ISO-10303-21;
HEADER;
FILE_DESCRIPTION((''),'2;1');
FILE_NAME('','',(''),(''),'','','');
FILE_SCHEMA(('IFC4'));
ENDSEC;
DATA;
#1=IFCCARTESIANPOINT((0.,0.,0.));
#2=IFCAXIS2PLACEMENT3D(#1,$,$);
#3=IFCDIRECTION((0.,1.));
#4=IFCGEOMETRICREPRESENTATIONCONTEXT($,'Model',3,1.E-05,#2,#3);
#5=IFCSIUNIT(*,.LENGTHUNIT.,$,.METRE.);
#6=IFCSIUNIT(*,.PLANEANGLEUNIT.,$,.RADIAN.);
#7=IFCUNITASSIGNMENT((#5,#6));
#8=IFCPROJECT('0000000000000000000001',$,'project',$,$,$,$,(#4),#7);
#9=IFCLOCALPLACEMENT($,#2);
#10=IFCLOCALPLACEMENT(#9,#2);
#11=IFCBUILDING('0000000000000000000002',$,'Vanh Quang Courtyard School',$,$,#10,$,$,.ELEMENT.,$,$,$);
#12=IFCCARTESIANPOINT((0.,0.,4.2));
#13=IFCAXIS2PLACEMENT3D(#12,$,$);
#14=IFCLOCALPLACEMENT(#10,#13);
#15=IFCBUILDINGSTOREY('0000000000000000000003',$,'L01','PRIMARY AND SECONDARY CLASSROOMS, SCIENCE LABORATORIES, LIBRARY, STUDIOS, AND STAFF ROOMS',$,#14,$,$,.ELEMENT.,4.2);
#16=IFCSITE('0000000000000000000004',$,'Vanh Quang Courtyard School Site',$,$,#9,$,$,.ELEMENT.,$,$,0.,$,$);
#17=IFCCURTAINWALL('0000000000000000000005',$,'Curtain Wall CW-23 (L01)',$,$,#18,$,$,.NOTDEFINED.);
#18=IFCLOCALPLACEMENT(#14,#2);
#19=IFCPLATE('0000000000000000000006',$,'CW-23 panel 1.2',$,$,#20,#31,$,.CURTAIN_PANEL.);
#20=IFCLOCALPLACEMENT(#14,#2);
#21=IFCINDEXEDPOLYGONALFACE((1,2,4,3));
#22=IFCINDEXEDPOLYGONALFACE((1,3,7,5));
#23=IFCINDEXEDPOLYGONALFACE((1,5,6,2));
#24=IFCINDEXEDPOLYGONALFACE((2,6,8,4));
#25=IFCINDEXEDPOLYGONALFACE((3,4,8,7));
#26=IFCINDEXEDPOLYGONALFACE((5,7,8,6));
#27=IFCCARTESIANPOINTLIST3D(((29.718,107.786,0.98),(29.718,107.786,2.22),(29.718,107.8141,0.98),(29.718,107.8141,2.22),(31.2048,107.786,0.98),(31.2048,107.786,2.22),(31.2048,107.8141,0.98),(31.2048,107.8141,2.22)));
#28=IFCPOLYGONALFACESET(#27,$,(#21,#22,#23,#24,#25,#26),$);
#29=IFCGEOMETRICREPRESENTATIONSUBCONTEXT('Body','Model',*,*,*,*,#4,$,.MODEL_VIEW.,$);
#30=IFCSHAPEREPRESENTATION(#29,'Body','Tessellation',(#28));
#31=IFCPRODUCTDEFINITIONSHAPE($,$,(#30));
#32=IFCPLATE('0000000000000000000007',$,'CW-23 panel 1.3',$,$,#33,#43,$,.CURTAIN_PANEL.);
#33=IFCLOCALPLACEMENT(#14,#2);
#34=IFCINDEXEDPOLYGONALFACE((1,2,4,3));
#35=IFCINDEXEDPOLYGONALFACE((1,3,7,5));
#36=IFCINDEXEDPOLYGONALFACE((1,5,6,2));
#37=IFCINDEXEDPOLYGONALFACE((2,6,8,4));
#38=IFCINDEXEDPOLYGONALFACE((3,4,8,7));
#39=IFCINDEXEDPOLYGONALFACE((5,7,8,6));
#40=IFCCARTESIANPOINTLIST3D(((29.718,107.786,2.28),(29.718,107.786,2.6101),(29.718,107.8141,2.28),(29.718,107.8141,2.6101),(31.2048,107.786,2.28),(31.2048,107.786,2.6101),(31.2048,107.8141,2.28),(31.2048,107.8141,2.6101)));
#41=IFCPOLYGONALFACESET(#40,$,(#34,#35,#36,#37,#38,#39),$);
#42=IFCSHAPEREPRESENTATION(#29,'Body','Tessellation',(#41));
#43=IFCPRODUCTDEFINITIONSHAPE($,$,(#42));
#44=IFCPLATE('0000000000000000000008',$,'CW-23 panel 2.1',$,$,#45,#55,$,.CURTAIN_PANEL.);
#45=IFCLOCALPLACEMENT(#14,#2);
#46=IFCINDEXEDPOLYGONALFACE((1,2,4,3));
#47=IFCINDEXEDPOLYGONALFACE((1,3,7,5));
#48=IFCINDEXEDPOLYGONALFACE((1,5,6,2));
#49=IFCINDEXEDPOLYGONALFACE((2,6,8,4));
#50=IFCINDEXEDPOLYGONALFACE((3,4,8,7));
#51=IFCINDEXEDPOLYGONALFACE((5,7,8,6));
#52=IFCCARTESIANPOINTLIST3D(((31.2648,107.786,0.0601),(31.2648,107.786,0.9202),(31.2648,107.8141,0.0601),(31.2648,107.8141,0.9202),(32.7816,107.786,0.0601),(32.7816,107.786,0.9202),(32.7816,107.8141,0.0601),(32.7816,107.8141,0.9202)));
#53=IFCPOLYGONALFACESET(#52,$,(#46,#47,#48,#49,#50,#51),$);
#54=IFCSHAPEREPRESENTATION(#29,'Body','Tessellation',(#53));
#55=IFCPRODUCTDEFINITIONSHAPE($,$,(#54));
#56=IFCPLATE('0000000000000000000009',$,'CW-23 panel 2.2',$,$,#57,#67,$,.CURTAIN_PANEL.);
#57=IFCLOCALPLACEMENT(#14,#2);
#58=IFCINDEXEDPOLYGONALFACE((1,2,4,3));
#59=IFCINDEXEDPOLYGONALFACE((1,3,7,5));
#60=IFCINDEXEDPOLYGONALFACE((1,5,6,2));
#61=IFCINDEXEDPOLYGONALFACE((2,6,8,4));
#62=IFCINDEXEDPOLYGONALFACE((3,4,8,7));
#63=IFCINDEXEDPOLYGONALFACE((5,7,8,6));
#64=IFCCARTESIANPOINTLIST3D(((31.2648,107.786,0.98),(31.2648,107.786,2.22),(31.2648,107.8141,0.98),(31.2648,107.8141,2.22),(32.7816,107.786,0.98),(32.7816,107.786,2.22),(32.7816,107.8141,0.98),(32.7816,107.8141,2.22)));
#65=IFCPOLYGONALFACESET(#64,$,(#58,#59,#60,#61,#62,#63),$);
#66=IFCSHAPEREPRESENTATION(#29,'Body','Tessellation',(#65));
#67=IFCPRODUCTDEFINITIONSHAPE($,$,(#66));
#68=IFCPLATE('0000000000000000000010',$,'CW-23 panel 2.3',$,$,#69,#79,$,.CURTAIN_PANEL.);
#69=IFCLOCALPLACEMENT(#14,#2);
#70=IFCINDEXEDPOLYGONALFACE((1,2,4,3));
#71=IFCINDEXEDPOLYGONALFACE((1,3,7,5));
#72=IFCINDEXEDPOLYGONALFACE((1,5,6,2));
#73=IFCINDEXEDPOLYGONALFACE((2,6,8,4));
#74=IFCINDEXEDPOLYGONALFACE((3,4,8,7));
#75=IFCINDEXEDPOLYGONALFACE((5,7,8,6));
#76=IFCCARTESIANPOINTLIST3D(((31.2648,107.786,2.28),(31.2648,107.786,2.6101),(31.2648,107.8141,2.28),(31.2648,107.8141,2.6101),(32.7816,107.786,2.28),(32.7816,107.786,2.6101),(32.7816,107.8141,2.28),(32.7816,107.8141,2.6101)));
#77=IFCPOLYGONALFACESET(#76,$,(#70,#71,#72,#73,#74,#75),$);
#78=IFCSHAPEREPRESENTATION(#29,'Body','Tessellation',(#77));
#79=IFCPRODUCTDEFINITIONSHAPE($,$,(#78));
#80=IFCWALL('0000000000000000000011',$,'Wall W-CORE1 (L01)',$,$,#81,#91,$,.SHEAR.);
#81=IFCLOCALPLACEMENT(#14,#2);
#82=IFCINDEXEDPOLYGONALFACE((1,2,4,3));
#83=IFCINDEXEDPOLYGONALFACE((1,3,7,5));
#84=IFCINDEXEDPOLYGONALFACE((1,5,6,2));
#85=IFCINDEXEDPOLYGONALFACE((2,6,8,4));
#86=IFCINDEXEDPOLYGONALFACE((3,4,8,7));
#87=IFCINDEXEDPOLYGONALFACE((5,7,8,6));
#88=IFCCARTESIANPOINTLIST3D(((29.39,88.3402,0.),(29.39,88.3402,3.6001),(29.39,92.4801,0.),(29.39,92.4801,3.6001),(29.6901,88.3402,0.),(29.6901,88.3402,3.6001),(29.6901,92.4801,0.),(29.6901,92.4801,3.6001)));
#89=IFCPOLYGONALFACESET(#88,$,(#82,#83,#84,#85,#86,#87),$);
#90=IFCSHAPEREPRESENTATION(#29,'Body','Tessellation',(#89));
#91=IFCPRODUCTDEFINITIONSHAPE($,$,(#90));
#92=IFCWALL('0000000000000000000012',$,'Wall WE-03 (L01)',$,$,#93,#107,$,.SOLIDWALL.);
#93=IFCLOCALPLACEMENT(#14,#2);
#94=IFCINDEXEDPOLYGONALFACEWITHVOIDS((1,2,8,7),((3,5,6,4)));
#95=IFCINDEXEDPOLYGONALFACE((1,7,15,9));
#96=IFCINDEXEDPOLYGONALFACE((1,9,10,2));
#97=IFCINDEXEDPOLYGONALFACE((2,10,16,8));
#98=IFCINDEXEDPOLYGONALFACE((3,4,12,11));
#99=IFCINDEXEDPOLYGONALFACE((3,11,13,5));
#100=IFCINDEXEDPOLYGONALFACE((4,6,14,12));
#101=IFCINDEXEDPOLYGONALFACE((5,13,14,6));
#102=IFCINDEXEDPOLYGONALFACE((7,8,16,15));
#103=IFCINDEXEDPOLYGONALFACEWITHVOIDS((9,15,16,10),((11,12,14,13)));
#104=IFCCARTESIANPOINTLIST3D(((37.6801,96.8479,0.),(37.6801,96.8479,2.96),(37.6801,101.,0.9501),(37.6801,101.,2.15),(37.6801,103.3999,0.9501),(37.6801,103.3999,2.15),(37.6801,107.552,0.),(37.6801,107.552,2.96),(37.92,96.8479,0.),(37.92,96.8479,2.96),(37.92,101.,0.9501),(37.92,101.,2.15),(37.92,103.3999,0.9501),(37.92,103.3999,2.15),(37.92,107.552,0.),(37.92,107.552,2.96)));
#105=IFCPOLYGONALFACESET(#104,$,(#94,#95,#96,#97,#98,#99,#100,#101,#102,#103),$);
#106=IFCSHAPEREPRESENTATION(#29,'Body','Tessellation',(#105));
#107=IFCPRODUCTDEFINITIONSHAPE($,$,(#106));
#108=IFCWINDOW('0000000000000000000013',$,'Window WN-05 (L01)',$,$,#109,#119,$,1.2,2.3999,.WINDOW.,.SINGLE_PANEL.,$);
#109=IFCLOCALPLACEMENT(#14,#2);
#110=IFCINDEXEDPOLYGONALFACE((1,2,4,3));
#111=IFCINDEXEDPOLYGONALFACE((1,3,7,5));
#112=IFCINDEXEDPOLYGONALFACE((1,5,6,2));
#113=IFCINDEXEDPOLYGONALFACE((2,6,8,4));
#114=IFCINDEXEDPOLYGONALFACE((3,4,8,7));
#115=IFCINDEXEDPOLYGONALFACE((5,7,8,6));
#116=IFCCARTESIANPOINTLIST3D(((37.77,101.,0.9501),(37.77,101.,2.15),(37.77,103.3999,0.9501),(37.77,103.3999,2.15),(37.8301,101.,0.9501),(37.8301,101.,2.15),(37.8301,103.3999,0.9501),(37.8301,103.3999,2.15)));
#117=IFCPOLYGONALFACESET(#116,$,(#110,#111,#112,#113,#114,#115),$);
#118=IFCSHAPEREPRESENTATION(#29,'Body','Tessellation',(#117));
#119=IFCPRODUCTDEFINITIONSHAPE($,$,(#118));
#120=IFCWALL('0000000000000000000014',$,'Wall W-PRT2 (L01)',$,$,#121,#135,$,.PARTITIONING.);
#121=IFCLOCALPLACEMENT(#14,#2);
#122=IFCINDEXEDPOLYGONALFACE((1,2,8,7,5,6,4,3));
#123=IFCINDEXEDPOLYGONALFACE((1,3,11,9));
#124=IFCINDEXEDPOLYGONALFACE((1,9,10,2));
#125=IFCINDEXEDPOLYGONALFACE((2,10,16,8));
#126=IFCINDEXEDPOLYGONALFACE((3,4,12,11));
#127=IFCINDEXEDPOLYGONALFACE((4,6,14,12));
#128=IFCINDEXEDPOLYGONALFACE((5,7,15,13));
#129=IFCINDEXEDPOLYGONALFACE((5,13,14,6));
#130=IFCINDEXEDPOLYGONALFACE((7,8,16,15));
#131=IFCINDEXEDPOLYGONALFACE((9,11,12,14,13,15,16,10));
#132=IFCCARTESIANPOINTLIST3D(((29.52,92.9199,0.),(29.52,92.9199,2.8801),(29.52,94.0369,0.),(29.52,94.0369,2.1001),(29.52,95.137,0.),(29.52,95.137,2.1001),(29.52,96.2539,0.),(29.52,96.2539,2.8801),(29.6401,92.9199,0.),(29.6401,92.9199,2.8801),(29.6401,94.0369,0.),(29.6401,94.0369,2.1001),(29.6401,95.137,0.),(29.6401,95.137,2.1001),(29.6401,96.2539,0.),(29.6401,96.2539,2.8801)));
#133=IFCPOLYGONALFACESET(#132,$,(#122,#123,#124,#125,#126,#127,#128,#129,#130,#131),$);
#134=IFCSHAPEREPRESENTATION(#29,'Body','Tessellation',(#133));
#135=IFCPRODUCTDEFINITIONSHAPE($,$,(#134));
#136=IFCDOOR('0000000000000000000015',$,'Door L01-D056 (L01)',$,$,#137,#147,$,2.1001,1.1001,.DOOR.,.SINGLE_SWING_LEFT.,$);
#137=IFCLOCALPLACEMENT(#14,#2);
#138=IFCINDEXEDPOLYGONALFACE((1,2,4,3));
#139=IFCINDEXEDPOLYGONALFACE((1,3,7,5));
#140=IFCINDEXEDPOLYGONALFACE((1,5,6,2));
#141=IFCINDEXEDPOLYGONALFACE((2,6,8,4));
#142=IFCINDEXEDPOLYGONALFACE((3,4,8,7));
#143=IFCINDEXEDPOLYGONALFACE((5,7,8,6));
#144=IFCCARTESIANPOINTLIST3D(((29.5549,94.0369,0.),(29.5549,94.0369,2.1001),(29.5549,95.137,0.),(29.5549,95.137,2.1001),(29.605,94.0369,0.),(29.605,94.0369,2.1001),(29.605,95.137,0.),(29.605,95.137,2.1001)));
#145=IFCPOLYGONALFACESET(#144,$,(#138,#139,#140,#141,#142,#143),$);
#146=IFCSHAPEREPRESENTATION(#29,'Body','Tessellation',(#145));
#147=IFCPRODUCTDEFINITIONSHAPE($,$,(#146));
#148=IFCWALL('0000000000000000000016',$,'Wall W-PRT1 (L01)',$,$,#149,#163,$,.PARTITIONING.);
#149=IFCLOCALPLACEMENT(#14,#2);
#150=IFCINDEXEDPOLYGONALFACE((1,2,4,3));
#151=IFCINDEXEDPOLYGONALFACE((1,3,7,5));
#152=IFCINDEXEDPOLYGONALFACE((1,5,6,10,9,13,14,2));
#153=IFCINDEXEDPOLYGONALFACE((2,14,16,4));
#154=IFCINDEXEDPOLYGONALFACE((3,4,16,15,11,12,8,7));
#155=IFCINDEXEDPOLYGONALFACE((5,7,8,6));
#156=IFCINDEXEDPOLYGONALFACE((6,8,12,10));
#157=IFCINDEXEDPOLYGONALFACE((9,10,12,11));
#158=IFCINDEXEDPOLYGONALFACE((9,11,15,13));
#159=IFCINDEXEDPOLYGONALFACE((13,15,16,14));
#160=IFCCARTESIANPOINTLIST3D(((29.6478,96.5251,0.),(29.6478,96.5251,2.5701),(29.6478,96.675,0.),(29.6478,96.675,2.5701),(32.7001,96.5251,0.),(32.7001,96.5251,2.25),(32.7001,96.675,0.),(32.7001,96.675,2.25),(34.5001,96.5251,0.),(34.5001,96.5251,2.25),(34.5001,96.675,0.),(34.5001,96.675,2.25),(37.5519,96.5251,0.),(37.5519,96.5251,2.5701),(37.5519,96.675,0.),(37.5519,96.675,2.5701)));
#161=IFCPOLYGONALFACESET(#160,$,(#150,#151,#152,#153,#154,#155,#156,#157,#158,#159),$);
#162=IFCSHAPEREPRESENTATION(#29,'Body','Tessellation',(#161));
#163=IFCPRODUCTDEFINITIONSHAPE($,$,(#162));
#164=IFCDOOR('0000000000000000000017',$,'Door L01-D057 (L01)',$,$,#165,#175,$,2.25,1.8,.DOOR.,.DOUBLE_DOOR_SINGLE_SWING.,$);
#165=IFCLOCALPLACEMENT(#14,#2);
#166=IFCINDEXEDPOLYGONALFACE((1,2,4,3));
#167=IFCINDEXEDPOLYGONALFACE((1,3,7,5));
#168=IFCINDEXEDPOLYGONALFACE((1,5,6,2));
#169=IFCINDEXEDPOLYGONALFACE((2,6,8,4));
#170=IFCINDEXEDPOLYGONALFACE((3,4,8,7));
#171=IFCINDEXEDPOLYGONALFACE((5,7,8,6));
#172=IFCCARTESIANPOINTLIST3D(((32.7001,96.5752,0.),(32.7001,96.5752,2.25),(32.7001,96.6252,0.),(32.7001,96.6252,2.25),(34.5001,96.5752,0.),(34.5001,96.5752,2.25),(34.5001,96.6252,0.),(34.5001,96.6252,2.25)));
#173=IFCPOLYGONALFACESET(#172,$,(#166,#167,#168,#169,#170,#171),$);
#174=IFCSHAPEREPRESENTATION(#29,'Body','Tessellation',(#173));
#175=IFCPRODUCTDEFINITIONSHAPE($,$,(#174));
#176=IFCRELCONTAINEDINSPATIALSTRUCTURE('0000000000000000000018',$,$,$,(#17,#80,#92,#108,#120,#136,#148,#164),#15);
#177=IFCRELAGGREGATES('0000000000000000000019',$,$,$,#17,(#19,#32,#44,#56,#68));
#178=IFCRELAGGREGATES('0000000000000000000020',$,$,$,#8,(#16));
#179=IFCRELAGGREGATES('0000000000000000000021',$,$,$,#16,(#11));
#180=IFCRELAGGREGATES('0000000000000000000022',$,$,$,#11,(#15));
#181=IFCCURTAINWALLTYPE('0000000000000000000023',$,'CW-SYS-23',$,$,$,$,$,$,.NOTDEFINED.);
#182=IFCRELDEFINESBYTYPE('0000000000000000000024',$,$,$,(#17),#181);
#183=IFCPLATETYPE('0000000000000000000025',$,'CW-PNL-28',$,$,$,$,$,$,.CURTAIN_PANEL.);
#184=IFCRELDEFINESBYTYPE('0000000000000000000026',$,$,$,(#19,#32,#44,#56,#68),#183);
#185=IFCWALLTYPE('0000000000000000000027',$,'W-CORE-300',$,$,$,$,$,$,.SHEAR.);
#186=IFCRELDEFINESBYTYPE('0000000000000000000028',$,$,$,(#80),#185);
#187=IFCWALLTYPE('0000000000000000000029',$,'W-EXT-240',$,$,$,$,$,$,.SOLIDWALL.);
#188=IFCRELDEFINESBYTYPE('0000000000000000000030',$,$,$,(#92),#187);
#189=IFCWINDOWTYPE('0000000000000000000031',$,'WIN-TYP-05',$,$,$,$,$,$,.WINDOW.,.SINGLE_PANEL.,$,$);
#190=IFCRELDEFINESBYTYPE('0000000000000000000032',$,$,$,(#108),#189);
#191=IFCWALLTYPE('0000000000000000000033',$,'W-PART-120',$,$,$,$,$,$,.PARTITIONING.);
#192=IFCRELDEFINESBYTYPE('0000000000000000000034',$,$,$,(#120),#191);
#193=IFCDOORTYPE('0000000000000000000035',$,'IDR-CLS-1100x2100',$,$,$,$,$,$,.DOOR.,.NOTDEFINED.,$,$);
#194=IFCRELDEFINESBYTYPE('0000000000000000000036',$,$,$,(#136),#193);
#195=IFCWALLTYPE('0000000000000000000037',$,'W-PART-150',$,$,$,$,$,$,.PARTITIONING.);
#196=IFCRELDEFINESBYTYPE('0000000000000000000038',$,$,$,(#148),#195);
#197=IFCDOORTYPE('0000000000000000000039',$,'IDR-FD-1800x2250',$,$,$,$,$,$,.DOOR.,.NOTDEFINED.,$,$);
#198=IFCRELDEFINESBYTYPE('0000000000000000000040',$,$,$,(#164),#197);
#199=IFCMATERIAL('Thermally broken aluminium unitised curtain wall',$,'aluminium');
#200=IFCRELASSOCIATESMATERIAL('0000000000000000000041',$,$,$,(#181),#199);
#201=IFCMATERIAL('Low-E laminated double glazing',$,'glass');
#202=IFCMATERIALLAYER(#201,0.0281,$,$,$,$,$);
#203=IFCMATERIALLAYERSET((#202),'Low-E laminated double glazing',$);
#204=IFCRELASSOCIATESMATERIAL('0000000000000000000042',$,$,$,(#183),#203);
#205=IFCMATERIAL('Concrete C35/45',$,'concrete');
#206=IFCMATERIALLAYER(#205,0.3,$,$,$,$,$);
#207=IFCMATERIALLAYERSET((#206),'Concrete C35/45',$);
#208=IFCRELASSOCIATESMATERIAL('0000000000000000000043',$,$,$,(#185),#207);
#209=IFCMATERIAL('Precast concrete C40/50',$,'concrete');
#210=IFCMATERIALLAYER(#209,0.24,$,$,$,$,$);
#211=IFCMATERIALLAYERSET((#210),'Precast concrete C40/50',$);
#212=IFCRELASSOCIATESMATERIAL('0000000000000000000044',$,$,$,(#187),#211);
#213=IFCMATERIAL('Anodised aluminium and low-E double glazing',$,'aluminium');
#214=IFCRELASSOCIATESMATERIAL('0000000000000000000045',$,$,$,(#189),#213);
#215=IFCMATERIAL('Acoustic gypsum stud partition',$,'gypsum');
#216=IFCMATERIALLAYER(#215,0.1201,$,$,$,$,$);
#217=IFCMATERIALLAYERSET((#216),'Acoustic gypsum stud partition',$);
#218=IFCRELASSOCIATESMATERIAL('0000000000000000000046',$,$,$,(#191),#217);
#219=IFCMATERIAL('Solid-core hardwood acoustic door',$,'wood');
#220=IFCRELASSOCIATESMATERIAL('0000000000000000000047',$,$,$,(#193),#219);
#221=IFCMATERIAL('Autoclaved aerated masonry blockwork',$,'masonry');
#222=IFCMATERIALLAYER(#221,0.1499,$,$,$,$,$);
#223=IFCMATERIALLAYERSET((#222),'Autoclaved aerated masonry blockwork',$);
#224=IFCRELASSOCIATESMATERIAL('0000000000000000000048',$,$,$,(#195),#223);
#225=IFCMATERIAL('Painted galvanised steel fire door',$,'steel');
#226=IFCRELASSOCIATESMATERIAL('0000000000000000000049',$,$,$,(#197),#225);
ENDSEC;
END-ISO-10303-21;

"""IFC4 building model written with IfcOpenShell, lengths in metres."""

from ifc_helpers import new_model, si_unit, direction, frame, frame_2d, origin, origin_2d, place, context, subcontext, project, spatial, rectangle, extrude, material, layer, layer_set, type_object, element, fill, aggregate, save


model = new_model("IFC4")

# Units and contexts
model_context = context("Model", 3, precision=1e-05, world=origin(), true_north=direction((0.0, 1.0)))
body_context = subcontext(model_context, "Body", "Model", "MODEL_VIEW")
ifc_project = project(units=[si_unit("LENGTHUNIT", "METRE"), si_unit("PLANEANGLEUNIT", "RADIAN")], contexts=[model_context])

# Site, building, storey
site_placement = place(None, origin())
site = spatial("IfcSite", under=ifc_project, at=site_placement, Name="Vanh Quang Courtyard School Site", CompositionType="ELEMENT", RefElevation=0.0)
building_placement = place(site_placement, origin())
building = spatial("IfcBuilding", under=site, at=building_placement, Name="Vanh Quang Courtyard School", CompositionType="ELEMENT")
storey_placement = place(building_placement, frame((0.0, 0.0, 4.2)))
storey = spatial("IfcBuildingStorey", under=building, at=storey_placement, Name="L01", Description="PRIMARY AND SECONDARY CLASSROOMS, SCIENCE LABORATORIES, LIBRARY, STUDIOS, AND STAFF ROOMS", CompositionType="ELEMENT", Elevation=4.2)

# Shared definitions
ifc_material_1 = material(Name="Concrete C35/45", Category="concrete")

# Curtain wall
ifc_material_2 = material(Name="Thermally broken aluminium unitised curtain wall", Category="aluminium")
curtain_wall_type = type_object("IfcCurtainWallType", Name="CW-SYS-23", PredefinedType="NOTDEFINED", material=ifc_material_2)
curtain_wall_placement = place(storey_placement, origin())
curtain_wall = element("IfcCurtainWall", 1, at=curtain_wall_placement, inside=storey, type_object=curtain_wall_type, Name="Curtain Wall CW-23 (L01)", PredefinedType="NOTDEFINED")

# Plates
ifc_material_3 = material(Name="Low-E laminated double glazing", Category="glass")
ifc_layer_1 = layer(ifc_material_3, 0.0281)
ifc_layer_set_1 = layer_set([ifc_layer_1], Name="Low-E laminated double glazing")
plate_type = type_object("IfcPlateType", Name="CW-PNL-28", PredefinedType="CURTAIN_PANEL", material=ifc_layer_set_1)
plate_1_placement = place(storey_placement, frame((30.4614, 107.8, 0.98), z_axis=(0.0, 0.0, 1.0), x_axis=(1.0, 0.0, 0.0)))
plate_1 = element("IfcPlate", 2, at=plate_1_placement, type_object=plate_type, Name="CW-23 panel 1.2", PredefinedType="CURTAIN_PANEL", context=body_context, shape_type="SweptSolid", body=[
    extrude(rectangle(XDim=1.4868, YDim=0.0281, at=origin_2d()), origin(), (0.0, 0.0, 1.0), 1.24),
])
plate_2_placement = place(storey_placement, frame((30.4614, 107.8, 2.28), z_axis=(0.0, 0.0, 1.0), x_axis=(1.0, 0.0, 0.0)))
plate_2 = element("IfcPlate", 3, at=plate_2_placement, type_object=plate_type, Name="CW-23 panel 1.3", PredefinedType="CURTAIN_PANEL", context=body_context, shape_type="SweptSolid", body=[
    extrude(rectangle(XDim=1.4868, YDim=0.0281, at=origin_2d()), origin(), (0.0, 0.0, 1.0), 0.3301),
])
plate_3_placement = place(storey_placement, frame((32.0232, 107.8, 0.0601), z_axis=(0.0, 0.0, 1.0), x_axis=(1.0, 0.0, 0.0)))
plate_3 = element("IfcPlate", 4, at=plate_3_placement, type_object=plate_type, Name="CW-23 panel 2.1", PredefinedType="CURTAIN_PANEL", context=body_context, shape_type="SweptSolid", body=[
    extrude(rectangle(XDim=1.5168, YDim=0.0281, at=origin_2d()), origin(), (0.0, 0.0, 1.0), 0.8601),
])
plate_4_placement = place(storey_placement, frame((32.0232, 107.8, 0.98), z_axis=(0.0, 0.0, 1.0), x_axis=(1.0, 0.0, 0.0)))
plate_4 = element("IfcPlate", 5, at=plate_4_placement, type_object=plate_type, Name="CW-23 panel 2.2", PredefinedType="CURTAIN_PANEL", context=body_context, shape_type="SweptSolid", body=[
    extrude(rectangle(XDim=1.5168, YDim=0.0281, at=origin_2d()), origin(), (0.0, 0.0, 1.0), 1.24),
])
plate_5_placement = place(storey_placement, frame((32.0232, 107.8, 2.28), z_axis=(0.0, 0.0, 1.0), x_axis=(1.0, 0.0, 0.0)))
plate_5 = element("IfcPlate", 6, at=plate_5_placement, type_object=plate_type, Name="CW-23 panel 2.3", PredefinedType="CURTAIN_PANEL", context=body_context, shape_type="SweptSolid", body=[
    extrude(rectangle(XDim=1.5168, YDim=0.0281, at=origin_2d()), origin(), (0.0, 0.0, 1.0), 0.3301),
])
aggregate(curtain_wall, [plate_1, plate_2, plate_3, plate_4, plate_5])

# Shared definitions
ifc_layer_2 = layer(ifc_material_1, 0.3)
ifc_layer_set_2 = layer_set([ifc_layer_2], Name="Concrete C35/45")
wall_type_1 = type_object("IfcWallType", Name="W-CORE-300", PredefinedType="SHEAR", material=ifc_layer_set_2)
ifc_material_4 = material(Name="Painted galvanised steel fire door", Category="steel")

# Wall
wall_1_placement = place(storey_placement, frame((29.54, 92.48, 0.0), z_axis=(0.0, 0.0, 1.0), x_axis=(0.0, -1.0, 0.0)))
element("IfcWall", 7, at=wall_1_placement, inside=storey, type_object=wall_type_1, Name="Wall W-CORE1 (L01)", PredefinedType="SHEAR", context=body_context, shape_type="SweptSolid", body=[
    extrude(rectangle(XDim=4.1399, YDim=0.3, at=frame_2d((2.0698, 0.0))), origin(), (0.0, 0.0, 1.0), 3.6001),
])

# Wall, opening, window
ifc_material_5 = material(Name="Precast concrete C40/50", Category="concrete")
ifc_layer_3 = layer(ifc_material_5, 0.24)
ifc_layer_set_3 = layer_set([ifc_layer_3], Name="Precast concrete C40/50")
wall_type_2 = type_object("IfcWallType", Name="W-EXT-240", PredefinedType="SOLIDWALL", material=ifc_layer_set_3)
wall_2_placement = place(storey_placement, frame((37.8, 107.552, 0.0), z_axis=(0.0, 0.0, 1.0), x_axis=(0.0, -1.0, 0.0)))
wall_2 = element("IfcWall", 8, at=wall_2_placement, inside=storey, type_object=wall_type_2, Name="Wall WE-03 (L01)", PredefinedType="SOLIDWALL", context=body_context, shape_type="SweptSolid", body=[
    extrude(rectangle(XDim=10.7041, YDim=0.24, at=frame_2d((5.3521, 0.0))), origin(), (0.0, 0.0, 1.0), 2.96),
])
opening_1_placement = place(wall_2_placement, frame((4.1521, 0.0, 0.95)))
opening_1 = element("IfcOpeningElement", 9, at=opening_1_placement, cuts=wall_2, PredefinedType="OPENING", context=body_context, shape_type="SweptSolid", body=[
    extrude(rectangle(XDim=2.3999, YDim=1.2, at=frame_2d((1.2, 0.6001))), frame((0.0, 0.1299, 0.0), z_axis=(0.0, -1.0, 0.0), x_axis=(1.0, 0.0, 0.0)), (0.0, 0.0, 1.0), 0.26),
])
ifc_material_6 = material(Name="Anodised aluminium and low-E double glazing", Category="aluminium")
window_type = type_object("IfcWindowType", Name="WIN-TYP-05", PartitioningType="SINGLE_PANEL", PredefinedType="WINDOW", material=ifc_material_6)
window_placement = place(opening_1_placement, origin())
window = element("IfcWindow", 10, at=window_placement, inside=storey, type_object=window_type, Name="Window WN-05 (L01)", OverallHeight=1.2, OverallWidth=2.3999, PartitioningType="SINGLE_PANEL", PredefinedType="WINDOW", context=body_context, shape_type="SweptSolid", body=[
    extrude(rectangle(XDim=2.3999, YDim=1.2, at=frame_2d((1.2, 0.6001))), frame((0.0, 0.03, 0.0), z_axis=(0.0, -1.0, 0.0), x_axis=(1.0, 0.0, 0.0)), (0.0, 0.0, 1.0), 0.0601),
])
fill(opening_1, window)

# Walls, openings, doors
ifc_material_7 = material(Name="Acoustic gypsum stud partition", Category="gypsum")
ifc_layer_4 = layer(ifc_material_7, 0.1201)
ifc_layer_set_4 = layer_set([ifc_layer_4], Name="Acoustic gypsum stud partition")
wall_type_3 = type_object("IfcWallType", Name="W-PART-120", PredefinedType="PARTITIONING", material=ifc_layer_set_4)
wall_3_placement = place(storey_placement, frame((29.5801, 96.2539, 0.0), z_axis=(0.0, 0.0, 1.0), x_axis=(0.0, -1.0, 0.0)))
wall_3 = element("IfcWall", 11, at=wall_3_placement, inside=storey, type_object=wall_type_3, Name="Wall W-PRT2 (L01)", PredefinedType="PARTITIONING", context=body_context, shape_type="SweptSolid", body=[
    extrude(rectangle(XDim=3.334, YDim=0.1201, at=frame_2d((1.667, 0.0))), origin(), (0.0, 0.0, 1.0), 2.8801),
])
opening_2_placement = place(wall_3_placement, frame((1.1169, 0.0, 0.0)))
opening_2 = element("IfcOpeningElement", 12, at=opening_2_placement, cuts=wall_3, PredefinedType="OPENING", context=body_context, shape_type="SweptSolid", body=[
    extrude(rectangle(XDim=1.1001, YDim=2.1001, at=frame_2d((0.55, 1.05))), frame((0.0, 0.0701, 0.0), z_axis=(0.0, -1.0, 0.0), x_axis=(1.0, 0.0, 0.0)), (0.0, 0.0, 1.0), 0.1401),
])
ifc_material_8 = material(Name="Solid-core hardwood acoustic door", Category="wood")
door_type_1 = type_object("IfcDoorType", Name="IDR-CLS-1100x2100", OperationType="NOTDEFINED", PredefinedType="DOOR", material=ifc_material_8)
door_1_placement = place(opening_2_placement, origin())
door_1 = element("IfcDoor", 13, at=door_1_placement, inside=storey, type_object=door_type_1, Name="Door L01-D056 (L01)", OperationType="SINGLE_SWING_LEFT", OverallHeight=2.1001, OverallWidth=1.1001, PredefinedType="DOOR", context=body_context, shape_type="SweptSolid", body=[
    extrude(rectangle(XDim=1.1001, YDim=2.1001, at=frame_2d((0.55, 1.05))), frame((0.0, 0.0249, 0.0), z_axis=(0.0, -1.0, 0.0), x_axis=(1.0, 0.0, 0.0)), (0.0, 0.0, 1.0), 0.05),
])
fill(opening_2, door_1)
ifc_material_9 = material(Name="Autoclaved aerated masonry blockwork", Category="masonry")
ifc_layer_5 = layer(ifc_material_9, 0.1499)
ifc_layer_set_5 = layer_set([ifc_layer_5], Name="Autoclaved aerated masonry blockwork")
wall_type_4 = type_object("IfcWallType", Name="W-PART-150", PredefinedType="PARTITIONING", material=ifc_layer_set_5)
wall_4_placement = place(storey_placement, frame((37.552, 96.6001, 0.0), z_axis=(0.0, 0.0, 1.0), x_axis=(-1.0, 0.0, 0.0)))
wall_4 = element("IfcWall", 14, at=wall_4_placement, inside=storey, type_object=wall_type_4, Name="Wall W-PRT1 (L01)", PredefinedType="PARTITIONING", context=body_context, shape_type="SweptSolid", body=[
    extrude(rectangle(XDim=7.9041, YDim=0.1499, at=frame_2d((3.9521, 0.0))), origin(), (0.0, 0.0, 1.0), 2.5701),
])
opening_3_placement = place(wall_4_placement, frame((3.052, 0.0, 0.0)))
opening_3 = element("IfcOpeningElement", 15, at=opening_3_placement, cuts=wall_4, PredefinedType="OPENING", context=body_context, shape_type="SweptSolid", body=[
    extrude(rectangle(XDim=1.8, YDim=2.25, at=frame_2d((0.8999, 1.125))), frame((0.0, 0.085, 0.0), z_axis=(0.0, -1.0, 0.0), x_axis=(1.0, 0.0, 0.0)), (0.0, 0.0, 1.0), 0.1699),
])
door_type_2 = type_object("IfcDoorType", Name="IDR-FD-1800x2250", OperationType="NOTDEFINED", PredefinedType="DOOR", material=ifc_material_4)
door_2_placement = place(opening_3_placement, origin())
door_2 = element("IfcDoor", 16, at=door_2_placement, inside=storey, type_object=door_type_2, Name="Door L01-D057 (L01)", OperationType="DOUBLE_DOOR_SINGLE_SWING", OverallHeight=2.25, OverallWidth=1.8, PredefinedType="DOOR", context=body_context, shape_type="SweptSolid", body=[
    extrude(rectangle(XDim=1.8, YDim=2.25, at=frame_2d((0.8999, 1.125))), frame((0.0, 0.0249, 0.0), z_axis=(0.0, -1.0, 0.0), x_axis=(1.0, 0.0, 0.0)), (0.0, 0.0, 1.0), 0.05),
])
fill(opening_3, door_2)

save(model, "model.ifc")
